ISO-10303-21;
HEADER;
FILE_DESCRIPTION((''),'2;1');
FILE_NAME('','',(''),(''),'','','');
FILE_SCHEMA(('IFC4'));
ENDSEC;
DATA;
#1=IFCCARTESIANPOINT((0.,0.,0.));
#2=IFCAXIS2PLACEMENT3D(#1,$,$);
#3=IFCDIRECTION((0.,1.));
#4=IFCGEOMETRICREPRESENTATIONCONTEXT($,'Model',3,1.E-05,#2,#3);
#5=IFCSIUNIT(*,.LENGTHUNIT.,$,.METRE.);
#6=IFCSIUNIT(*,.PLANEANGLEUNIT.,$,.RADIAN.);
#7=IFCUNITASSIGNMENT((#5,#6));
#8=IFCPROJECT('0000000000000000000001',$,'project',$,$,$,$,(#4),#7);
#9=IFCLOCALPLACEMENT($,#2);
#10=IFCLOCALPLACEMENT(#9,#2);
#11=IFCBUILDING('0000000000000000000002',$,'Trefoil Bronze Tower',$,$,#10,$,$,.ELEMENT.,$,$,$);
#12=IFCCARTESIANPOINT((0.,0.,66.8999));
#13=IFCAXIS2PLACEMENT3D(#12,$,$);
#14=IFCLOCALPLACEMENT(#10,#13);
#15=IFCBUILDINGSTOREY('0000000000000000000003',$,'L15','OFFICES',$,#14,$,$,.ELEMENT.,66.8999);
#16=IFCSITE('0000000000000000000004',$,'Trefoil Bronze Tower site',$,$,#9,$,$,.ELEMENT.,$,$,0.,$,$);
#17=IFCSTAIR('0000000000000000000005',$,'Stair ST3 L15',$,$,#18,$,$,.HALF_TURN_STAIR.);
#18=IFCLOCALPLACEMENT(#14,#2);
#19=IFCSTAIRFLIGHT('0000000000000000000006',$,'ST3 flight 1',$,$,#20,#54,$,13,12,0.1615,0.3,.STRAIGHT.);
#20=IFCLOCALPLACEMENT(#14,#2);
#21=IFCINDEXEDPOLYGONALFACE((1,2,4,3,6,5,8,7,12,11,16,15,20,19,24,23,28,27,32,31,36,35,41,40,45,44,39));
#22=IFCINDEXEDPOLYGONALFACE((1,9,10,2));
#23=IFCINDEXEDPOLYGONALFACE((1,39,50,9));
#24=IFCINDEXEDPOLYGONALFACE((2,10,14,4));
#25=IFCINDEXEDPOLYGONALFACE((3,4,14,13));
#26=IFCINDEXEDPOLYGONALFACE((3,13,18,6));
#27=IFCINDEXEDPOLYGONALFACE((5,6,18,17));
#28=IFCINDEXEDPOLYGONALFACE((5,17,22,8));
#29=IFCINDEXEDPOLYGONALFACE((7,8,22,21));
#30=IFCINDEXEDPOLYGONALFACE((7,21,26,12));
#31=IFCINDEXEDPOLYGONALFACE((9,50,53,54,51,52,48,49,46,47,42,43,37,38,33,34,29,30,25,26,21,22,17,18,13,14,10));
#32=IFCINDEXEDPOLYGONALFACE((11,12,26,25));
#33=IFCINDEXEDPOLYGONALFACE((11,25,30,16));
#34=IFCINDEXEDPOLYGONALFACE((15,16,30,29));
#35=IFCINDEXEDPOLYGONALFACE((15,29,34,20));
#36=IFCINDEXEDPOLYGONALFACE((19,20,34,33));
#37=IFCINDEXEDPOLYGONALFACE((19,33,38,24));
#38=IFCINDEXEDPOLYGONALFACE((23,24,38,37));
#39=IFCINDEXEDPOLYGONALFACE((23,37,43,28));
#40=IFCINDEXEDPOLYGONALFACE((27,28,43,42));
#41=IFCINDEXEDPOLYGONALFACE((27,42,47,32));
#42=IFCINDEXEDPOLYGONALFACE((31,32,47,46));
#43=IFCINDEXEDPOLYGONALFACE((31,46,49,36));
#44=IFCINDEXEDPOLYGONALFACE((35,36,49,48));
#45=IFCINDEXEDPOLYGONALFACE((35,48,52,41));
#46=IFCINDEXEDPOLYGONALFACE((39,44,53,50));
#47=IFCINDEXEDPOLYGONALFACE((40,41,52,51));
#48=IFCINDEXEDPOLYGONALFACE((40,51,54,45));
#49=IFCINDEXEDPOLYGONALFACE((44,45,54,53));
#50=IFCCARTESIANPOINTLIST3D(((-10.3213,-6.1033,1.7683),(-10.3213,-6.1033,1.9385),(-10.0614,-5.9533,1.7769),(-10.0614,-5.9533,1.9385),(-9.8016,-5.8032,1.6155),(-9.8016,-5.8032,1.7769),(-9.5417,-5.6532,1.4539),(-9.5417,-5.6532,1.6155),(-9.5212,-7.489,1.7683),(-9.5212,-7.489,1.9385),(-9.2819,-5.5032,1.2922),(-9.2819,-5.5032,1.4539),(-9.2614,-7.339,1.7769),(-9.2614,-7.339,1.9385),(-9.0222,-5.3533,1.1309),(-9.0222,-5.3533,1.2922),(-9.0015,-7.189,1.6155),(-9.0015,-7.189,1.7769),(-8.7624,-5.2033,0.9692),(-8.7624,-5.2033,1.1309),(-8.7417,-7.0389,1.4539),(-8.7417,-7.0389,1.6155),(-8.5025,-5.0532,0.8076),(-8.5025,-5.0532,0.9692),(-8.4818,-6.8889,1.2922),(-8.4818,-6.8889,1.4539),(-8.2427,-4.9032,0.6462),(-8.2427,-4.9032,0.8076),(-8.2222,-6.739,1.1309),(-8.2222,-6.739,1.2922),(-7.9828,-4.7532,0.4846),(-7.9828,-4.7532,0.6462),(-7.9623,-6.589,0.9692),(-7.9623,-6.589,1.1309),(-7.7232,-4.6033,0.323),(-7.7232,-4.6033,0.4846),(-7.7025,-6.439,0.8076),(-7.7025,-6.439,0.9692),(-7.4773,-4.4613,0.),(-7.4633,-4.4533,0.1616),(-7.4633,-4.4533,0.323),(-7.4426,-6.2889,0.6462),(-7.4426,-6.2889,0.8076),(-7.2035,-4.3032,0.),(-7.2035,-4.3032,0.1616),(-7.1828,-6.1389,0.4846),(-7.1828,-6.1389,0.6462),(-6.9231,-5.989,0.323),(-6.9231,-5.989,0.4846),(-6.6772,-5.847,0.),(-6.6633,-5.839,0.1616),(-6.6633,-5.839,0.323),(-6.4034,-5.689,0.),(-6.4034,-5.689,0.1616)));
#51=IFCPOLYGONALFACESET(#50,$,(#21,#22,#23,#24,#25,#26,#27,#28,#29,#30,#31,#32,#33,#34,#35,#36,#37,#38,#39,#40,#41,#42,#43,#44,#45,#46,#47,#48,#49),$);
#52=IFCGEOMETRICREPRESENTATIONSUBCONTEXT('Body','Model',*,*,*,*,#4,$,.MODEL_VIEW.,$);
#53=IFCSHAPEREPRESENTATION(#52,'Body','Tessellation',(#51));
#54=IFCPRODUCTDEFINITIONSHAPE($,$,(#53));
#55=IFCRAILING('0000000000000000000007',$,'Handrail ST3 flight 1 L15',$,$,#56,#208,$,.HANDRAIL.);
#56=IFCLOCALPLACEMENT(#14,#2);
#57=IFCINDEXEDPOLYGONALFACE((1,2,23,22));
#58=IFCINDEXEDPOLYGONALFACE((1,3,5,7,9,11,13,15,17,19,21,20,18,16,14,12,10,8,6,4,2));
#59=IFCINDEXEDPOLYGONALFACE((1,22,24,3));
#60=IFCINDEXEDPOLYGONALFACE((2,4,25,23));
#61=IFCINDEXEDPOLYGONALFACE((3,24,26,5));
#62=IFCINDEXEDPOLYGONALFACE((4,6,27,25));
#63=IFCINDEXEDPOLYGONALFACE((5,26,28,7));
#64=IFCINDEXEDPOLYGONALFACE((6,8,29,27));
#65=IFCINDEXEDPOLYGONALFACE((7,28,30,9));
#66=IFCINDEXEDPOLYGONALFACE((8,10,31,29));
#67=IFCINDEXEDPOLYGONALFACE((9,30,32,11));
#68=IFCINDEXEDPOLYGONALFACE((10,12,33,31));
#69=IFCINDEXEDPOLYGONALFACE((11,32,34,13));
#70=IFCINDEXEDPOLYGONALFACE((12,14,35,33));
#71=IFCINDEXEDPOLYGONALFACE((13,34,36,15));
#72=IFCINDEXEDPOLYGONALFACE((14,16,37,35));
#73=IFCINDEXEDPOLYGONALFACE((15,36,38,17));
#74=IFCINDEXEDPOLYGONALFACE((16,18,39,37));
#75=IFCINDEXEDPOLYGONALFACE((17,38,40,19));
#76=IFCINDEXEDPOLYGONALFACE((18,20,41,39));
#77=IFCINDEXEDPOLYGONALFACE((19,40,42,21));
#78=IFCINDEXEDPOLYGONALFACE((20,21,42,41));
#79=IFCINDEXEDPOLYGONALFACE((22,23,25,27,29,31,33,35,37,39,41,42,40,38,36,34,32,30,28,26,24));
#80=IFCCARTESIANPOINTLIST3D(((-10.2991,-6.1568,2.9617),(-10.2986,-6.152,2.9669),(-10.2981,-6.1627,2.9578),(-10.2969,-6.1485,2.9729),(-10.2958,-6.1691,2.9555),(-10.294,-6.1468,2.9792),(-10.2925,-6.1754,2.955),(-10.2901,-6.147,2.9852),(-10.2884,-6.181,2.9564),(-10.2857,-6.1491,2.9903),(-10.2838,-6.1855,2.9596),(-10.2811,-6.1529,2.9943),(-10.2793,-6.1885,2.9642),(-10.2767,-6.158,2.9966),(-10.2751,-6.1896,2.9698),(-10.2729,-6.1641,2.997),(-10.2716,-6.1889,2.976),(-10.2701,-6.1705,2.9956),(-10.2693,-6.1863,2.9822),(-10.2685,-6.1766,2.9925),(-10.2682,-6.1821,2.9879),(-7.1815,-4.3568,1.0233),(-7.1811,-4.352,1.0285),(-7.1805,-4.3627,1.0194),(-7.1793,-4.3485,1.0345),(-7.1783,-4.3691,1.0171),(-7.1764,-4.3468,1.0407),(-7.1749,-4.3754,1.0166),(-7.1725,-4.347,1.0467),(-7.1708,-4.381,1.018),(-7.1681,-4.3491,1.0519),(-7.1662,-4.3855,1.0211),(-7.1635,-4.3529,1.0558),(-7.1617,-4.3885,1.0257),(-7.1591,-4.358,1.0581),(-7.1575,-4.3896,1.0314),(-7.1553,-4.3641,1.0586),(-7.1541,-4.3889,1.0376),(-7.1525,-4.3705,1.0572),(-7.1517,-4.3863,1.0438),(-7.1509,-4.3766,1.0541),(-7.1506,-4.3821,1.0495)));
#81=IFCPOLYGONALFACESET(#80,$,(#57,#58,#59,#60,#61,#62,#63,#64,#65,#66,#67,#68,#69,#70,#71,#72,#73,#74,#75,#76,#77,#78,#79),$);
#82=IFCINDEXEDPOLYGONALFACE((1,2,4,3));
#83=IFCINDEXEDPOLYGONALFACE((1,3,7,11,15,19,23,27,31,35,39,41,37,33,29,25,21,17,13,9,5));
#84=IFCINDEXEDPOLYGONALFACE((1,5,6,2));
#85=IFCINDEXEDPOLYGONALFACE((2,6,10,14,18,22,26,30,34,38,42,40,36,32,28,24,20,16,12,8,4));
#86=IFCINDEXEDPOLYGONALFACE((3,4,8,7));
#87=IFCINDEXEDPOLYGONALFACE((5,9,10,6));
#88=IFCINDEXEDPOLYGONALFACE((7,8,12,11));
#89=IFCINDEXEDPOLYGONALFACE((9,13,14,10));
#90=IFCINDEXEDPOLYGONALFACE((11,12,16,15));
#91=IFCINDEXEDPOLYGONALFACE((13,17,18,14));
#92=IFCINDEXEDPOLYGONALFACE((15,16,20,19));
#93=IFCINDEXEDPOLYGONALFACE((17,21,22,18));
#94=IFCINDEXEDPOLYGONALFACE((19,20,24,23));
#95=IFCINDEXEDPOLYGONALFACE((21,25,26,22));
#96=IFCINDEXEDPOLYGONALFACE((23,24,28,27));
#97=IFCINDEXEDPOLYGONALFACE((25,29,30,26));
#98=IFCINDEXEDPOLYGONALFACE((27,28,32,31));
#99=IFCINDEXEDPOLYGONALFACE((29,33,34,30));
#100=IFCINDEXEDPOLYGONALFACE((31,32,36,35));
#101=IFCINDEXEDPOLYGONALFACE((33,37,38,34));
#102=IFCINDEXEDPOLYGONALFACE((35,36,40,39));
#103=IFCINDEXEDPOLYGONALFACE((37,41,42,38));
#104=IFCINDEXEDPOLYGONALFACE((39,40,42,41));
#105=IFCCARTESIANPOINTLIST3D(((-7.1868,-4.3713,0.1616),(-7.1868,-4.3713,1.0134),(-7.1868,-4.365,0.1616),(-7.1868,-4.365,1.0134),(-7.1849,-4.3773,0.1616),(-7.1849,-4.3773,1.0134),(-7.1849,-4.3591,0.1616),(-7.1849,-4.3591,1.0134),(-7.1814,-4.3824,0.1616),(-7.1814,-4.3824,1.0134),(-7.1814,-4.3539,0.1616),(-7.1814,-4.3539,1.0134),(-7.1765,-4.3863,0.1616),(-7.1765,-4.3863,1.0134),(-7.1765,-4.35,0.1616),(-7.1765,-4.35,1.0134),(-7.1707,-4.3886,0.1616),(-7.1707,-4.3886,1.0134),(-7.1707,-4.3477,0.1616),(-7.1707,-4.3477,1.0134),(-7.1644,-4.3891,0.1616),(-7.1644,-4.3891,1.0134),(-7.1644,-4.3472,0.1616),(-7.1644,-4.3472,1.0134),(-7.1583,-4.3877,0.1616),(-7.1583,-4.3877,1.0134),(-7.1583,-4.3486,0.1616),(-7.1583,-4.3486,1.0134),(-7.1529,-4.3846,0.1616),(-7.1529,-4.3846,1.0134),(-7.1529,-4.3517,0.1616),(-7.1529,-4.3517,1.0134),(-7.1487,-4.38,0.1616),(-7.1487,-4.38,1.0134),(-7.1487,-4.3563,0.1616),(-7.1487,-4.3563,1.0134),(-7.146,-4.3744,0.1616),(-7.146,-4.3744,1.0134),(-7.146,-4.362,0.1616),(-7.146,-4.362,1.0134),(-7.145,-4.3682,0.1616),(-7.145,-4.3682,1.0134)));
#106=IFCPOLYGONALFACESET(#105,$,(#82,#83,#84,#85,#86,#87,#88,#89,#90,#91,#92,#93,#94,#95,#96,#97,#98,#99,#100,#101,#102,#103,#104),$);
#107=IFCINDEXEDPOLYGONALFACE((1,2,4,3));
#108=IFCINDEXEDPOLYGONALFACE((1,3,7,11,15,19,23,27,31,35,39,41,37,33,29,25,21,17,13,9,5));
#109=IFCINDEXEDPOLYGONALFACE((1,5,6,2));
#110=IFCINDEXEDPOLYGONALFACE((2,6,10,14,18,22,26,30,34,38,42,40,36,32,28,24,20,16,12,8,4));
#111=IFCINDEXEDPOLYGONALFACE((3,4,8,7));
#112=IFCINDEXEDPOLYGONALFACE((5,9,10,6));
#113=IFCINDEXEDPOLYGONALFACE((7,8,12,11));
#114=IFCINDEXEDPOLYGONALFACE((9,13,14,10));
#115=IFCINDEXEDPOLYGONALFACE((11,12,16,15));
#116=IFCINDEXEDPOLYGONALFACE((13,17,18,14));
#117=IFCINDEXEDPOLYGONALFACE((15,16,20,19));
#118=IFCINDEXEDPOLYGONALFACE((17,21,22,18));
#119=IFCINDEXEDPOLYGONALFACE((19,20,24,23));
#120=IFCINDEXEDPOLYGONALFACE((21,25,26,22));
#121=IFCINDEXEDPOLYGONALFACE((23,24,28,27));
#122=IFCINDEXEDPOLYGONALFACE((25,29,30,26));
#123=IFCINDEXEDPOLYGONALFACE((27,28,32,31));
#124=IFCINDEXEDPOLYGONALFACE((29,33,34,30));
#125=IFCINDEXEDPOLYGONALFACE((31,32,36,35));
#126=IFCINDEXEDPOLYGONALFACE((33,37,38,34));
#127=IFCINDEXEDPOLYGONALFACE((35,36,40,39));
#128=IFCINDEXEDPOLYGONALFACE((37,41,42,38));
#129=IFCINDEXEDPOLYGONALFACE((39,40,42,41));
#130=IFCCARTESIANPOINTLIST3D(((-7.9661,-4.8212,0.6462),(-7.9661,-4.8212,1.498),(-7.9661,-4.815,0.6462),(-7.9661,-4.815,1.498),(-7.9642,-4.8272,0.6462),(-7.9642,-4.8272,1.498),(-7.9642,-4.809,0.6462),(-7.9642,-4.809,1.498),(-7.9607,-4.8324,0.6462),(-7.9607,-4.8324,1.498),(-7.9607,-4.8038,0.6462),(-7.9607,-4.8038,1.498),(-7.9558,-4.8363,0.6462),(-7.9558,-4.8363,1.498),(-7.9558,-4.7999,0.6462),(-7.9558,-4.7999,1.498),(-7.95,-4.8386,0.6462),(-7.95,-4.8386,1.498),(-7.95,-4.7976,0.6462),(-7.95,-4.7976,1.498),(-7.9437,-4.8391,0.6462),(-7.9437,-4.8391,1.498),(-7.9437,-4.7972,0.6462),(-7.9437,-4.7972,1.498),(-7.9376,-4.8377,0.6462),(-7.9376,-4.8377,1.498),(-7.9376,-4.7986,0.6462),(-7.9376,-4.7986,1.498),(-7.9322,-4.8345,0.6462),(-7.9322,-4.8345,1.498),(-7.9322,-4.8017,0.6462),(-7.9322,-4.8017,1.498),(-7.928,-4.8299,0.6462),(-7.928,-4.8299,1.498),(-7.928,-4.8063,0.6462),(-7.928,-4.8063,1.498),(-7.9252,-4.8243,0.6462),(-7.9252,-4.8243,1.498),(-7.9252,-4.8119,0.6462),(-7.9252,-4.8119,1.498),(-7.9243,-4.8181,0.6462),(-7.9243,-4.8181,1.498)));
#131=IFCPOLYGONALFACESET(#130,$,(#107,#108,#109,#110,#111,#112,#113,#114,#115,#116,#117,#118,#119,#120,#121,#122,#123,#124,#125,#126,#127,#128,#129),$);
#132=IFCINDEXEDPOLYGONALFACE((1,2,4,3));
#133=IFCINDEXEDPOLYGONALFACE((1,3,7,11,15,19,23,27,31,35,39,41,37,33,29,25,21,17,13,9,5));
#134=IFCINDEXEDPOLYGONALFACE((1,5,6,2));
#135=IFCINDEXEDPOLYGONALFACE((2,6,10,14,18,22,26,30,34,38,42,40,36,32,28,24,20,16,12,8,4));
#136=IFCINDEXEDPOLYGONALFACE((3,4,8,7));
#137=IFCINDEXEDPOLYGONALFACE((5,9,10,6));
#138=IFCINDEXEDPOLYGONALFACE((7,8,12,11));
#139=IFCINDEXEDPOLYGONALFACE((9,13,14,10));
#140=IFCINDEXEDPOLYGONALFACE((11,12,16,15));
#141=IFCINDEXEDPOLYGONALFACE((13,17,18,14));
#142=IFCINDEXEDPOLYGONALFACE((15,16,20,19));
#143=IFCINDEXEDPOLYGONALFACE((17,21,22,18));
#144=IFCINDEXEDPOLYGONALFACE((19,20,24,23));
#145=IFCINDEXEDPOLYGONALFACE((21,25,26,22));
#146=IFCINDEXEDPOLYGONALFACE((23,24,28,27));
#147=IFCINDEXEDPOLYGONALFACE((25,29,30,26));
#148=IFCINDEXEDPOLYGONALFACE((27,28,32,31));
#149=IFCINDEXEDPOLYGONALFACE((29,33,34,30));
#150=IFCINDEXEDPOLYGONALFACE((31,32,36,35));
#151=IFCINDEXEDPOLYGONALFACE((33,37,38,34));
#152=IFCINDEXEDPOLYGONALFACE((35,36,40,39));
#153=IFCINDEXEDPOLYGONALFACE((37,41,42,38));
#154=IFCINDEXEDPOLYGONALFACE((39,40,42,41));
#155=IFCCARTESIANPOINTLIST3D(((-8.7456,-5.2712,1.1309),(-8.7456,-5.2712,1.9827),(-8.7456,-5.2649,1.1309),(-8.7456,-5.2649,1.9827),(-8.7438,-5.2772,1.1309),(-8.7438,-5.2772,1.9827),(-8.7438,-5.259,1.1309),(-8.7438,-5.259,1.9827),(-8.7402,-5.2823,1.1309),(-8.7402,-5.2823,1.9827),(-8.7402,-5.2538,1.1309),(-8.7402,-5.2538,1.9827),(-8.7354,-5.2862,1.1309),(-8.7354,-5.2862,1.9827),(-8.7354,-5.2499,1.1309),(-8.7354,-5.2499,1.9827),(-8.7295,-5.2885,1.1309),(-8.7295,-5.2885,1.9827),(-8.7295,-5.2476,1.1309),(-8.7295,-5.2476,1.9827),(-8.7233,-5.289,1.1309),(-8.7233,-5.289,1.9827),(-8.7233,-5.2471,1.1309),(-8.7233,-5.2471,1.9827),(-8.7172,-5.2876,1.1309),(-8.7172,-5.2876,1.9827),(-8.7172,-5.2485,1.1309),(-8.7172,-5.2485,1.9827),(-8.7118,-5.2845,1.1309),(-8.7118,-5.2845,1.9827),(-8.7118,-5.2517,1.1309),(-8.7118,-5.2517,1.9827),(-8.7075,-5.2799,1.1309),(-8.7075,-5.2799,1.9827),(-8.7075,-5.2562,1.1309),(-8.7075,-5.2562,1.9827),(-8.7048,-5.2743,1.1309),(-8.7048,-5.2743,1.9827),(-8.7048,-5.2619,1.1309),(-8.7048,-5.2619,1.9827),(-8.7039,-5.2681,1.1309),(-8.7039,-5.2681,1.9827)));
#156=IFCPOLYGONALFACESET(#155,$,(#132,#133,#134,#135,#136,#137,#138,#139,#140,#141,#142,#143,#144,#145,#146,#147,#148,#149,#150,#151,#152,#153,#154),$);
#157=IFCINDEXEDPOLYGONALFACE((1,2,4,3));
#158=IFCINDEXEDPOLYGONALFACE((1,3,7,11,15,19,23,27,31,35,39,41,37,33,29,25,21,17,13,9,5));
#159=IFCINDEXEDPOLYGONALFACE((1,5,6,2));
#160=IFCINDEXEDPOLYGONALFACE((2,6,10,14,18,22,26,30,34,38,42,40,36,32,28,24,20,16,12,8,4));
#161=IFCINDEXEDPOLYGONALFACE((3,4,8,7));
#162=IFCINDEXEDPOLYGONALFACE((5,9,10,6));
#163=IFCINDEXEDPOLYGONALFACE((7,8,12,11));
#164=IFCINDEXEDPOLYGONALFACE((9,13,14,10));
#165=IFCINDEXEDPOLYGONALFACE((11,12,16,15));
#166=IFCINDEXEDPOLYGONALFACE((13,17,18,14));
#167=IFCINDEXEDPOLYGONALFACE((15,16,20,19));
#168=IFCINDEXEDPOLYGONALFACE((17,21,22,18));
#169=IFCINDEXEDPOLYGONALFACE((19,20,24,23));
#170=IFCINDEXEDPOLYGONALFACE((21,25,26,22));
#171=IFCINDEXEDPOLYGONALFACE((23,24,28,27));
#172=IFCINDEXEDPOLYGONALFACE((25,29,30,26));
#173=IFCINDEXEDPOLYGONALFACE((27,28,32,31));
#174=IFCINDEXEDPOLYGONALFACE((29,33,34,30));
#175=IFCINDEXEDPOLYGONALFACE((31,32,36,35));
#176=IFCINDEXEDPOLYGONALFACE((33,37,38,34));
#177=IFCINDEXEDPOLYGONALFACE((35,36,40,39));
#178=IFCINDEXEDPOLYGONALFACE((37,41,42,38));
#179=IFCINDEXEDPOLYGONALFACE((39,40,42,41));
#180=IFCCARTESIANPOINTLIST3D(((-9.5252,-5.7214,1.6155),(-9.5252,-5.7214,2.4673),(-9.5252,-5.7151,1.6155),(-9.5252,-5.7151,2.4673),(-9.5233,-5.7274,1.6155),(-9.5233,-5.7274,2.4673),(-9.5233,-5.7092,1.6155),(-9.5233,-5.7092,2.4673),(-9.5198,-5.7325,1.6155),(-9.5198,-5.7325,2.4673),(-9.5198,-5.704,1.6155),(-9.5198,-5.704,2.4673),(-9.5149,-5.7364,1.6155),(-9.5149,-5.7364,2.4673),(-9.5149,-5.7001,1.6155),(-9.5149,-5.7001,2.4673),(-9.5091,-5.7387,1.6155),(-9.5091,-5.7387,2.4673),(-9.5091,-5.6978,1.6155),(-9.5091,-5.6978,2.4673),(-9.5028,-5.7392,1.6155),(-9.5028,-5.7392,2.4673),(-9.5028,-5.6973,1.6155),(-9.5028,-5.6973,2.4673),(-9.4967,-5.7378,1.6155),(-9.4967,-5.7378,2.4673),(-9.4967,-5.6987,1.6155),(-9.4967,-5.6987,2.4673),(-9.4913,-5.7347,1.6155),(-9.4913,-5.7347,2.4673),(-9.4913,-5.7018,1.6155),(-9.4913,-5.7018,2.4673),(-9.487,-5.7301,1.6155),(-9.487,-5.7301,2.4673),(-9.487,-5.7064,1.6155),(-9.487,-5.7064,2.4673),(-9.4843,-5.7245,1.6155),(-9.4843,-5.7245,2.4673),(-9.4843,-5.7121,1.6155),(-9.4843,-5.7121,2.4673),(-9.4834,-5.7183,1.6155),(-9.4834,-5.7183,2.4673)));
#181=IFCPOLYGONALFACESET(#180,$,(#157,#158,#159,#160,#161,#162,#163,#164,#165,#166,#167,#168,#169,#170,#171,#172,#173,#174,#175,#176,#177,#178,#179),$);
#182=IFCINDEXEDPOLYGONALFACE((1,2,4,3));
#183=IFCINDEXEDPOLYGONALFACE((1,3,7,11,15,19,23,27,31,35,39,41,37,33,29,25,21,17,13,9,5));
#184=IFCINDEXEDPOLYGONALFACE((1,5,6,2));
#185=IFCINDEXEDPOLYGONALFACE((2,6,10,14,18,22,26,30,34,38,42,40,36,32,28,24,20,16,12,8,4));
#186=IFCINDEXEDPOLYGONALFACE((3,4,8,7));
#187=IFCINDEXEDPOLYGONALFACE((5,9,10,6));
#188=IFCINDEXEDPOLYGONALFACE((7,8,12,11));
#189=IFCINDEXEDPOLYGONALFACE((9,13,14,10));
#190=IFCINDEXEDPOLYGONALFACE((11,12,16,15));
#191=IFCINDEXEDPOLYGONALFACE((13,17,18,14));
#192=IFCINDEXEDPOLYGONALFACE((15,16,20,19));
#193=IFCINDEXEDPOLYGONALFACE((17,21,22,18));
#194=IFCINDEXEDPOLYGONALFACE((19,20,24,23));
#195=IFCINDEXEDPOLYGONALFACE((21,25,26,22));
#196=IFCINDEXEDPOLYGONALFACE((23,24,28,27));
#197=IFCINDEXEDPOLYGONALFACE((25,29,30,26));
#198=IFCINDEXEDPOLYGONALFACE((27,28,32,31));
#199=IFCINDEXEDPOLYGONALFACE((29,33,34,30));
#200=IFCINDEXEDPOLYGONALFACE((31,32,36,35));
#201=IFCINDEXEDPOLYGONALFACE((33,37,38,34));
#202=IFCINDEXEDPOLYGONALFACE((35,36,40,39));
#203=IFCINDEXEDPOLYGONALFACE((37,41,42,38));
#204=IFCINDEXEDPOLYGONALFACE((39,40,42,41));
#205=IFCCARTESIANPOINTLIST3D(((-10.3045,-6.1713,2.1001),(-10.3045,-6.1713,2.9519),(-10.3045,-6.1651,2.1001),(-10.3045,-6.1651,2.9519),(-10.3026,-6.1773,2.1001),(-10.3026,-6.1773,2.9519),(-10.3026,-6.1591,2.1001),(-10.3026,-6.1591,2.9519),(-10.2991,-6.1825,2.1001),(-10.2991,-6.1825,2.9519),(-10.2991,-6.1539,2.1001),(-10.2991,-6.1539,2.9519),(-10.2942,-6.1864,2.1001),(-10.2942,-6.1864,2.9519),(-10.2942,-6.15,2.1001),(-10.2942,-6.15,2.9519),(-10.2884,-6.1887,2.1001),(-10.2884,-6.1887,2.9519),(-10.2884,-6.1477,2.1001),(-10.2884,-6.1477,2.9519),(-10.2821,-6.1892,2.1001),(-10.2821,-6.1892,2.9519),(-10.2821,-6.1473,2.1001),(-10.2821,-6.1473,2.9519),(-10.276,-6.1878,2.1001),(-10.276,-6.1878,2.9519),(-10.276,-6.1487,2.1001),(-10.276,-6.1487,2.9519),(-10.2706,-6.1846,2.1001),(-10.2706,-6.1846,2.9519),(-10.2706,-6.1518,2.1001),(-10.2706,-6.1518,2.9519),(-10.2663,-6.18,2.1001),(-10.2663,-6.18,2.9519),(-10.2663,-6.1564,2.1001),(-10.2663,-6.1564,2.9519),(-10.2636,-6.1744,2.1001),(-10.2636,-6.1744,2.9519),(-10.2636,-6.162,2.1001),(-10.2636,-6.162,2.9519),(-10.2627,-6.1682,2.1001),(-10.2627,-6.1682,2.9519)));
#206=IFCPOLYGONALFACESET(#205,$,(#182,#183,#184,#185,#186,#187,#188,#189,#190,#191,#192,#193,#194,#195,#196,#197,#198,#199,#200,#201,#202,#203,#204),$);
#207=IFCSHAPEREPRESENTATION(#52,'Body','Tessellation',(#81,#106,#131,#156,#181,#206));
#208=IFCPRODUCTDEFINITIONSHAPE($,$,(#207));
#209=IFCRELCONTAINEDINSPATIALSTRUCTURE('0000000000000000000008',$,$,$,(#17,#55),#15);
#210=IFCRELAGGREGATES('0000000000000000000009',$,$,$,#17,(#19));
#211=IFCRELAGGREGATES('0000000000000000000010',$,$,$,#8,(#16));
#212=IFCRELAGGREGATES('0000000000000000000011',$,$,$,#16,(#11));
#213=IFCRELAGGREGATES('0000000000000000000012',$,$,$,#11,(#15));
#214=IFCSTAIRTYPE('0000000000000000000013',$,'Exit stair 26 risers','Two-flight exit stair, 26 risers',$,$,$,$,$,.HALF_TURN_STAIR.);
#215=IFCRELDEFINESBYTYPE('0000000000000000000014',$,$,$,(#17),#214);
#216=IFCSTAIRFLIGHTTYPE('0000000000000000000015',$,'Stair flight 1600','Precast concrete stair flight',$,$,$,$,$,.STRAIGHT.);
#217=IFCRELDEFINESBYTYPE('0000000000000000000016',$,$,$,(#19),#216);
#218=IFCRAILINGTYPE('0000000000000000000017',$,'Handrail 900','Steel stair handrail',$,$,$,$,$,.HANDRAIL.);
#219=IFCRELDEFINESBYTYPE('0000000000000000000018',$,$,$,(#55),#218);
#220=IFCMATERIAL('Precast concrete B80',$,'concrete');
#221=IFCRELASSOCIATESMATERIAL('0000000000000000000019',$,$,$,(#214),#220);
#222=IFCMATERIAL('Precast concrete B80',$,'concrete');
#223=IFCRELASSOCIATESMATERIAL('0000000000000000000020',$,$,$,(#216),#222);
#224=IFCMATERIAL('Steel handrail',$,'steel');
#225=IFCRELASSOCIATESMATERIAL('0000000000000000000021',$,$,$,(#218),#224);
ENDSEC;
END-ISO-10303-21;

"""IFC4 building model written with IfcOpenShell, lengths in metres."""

from ifc_helpers import new_model, si_unit, direction, frame, origin, origin_2d, place, context, subcontext, project, spatial, polyline, circle, outline, extrude, material, type_object, element, aggregate, save


model = new_model("IFC4")

# Units and contexts
model_context = context("Model", 3, precision=1e-05, world=origin(), true_north=direction((0.0, 1.0)))
body_context = subcontext(model_context, "Body", "Model", "MODEL_VIEW")
ifc_project = project(units=[si_unit("LENGTHUNIT", "METRE"), si_unit("PLANEANGLEUNIT", "RADIAN")], contexts=[model_context])

# Site, building, storey
site_placement = place(None, origin())
site = spatial("IfcSite", under=ifc_project, at=site_placement, Name="Trefoil Bronze Tower site", CompositionType="ELEMENT", RefElevation=0.0)
building_placement = place(site_placement, origin())
building = spatial("IfcBuilding", under=site, at=building_placement, Name="Trefoil Bronze Tower", CompositionType="ELEMENT")
storey_placement = place(building_placement, frame((0.0, 0.0, 66.8999)))
storey = spatial("IfcBuildingStorey", under=building, at=storey_placement, Name="L15", Description="OFFICES", CompositionType="ELEMENT", Elevation=66.8999)

# Stair, stair flight
ifc_material_1 = material(Name="Precast concrete B80", Category="concrete")
stair_type = type_object("IfcStairType", Name="Exit stair 26 risers", Description="Two-flight exit stair, 26 risers", PredefinedType="HALF_TURN_STAIR", material=ifc_material_1)
stair_placement = place(storey_placement, origin())
stair = element("IfcStair", 1, at=stair_placement, inside=storey, type_object=stair_type, Name="Stair ST3 L15", PredefinedType="HALF_TURN_STAIR")
ifc_material_2 = material(Name="Precast concrete B80", Category="concrete")
stair_flight_type = type_object("IfcStairFlightType", Name="Stair flight 1600", Description="Precast concrete stair flight", PredefinedType="STRAIGHT", material=ifc_material_2)
stair_flight_placement = place(storey_placement, frame((-6.8035, -4.9961, 0.0), z_axis=(0.0, 0.0, 1.0), x_axis=(-0.866025, -0.5, 0.0)))
stair_flight = element("IfcStairFlight", 2, at=stair_flight_placement, type_object=stair_flight_type, Name="ST3 flight 1", NumberOfRisers=13, NumberOfTreads=12, PredefinedType="STRAIGHT", RiserHeight=0.1615, TreadLength=0.3, context=body_context, shape_type="SweptSolid", body=[
    extrude(outline(polyline([(0.0, 0.0), (0.0, 0.1616), (0.3, 0.1616), (0.3, 0.323), (0.6001, 0.323), (0.6001, 0.4846), (0.8999, 0.4846), (0.8999, 0.6462), (1.2, 0.6462), (1.2, 0.8076), (1.5, 0.8076), (1.5, 0.9692), (1.8, 0.9692), (1.8, 1.1309), (2.1001, 1.1309), (2.1001, 1.2922), (2.3999, 1.2922), (2.3999, 1.4539), (2.7, 1.4539), (2.7, 1.6155), (3.0, 1.6155), (3.0, 1.7769), (3.3, 1.7769), (3.3, 1.9385), (3.6001, 1.9385), (3.6001, 2.1001), (3.6001, 1.7683), (0.3162, 0.0), (0.0, 0.0)])), frame((0.0, 0.8, 0.0), z_axis=(0.0, -1.0, 0.0), x_axis=(1.0, 0.0, 0.0)), (0.0, 0.0, 1.0), 1.6001),
])
aggregate(stair, [stair_flight])

# Railing
ifc_material_3 = material(Name="Steel handrail", Category="steel")
railing_type = type_object("IfcRailingType", Name="Handrail 900", Description="Steel stair handrail", PredefinedType="HANDRAIL", material=ifc_material_3)
railing_placement = place(storey_placement, frame((-7.166, -4.3682, 0.1616)))
element("IfcRailing", 3, at=railing_placement, inside=storey, type_object=railing_type, Name="Handrail ST3 flight 1 L15", PredefinedType="HANDRAIL", context=body_context, shape_type="SweptSolid", body=[
    extrude(circle(Radius=0.0239, at=origin_2d()), frame((0.0, 0.0, 0.876), z_axis=(-0.762503, -0.440246, 0.474102), x_axis=(0.500012, -0.866018, 0.0)), (0.0, 0.0, 1.0), 4.0886),
    extrude(circle(Radius=0.021, at=origin_2d()), origin(), (0.0, 0.0, 1.0), 0.8518),
    extrude(circle(Radius=0.021, at=origin_2d()), frame((-0.7793, -0.45, 0.4846)), (0.0, 0.0, 1.0), 0.8518),
    extrude(circle(Radius=0.021, at=origin_2d()), frame((-1.5588, -0.8999, 0.9692)), (0.0, 0.0, 1.0), 0.8518),
    extrude(circle(Radius=0.021, at=origin_2d()), frame((-2.3384, -1.3501, 1.4539)), (0.0, 0.0, 1.0), 0.8518),
    extrude(circle(Radius=0.021, at=origin_2d()), frame((-3.1177, -1.8, 1.9385)), (0.0, 0.0, 1.0), 0.8518),
])

save(model, "model.ifc")
